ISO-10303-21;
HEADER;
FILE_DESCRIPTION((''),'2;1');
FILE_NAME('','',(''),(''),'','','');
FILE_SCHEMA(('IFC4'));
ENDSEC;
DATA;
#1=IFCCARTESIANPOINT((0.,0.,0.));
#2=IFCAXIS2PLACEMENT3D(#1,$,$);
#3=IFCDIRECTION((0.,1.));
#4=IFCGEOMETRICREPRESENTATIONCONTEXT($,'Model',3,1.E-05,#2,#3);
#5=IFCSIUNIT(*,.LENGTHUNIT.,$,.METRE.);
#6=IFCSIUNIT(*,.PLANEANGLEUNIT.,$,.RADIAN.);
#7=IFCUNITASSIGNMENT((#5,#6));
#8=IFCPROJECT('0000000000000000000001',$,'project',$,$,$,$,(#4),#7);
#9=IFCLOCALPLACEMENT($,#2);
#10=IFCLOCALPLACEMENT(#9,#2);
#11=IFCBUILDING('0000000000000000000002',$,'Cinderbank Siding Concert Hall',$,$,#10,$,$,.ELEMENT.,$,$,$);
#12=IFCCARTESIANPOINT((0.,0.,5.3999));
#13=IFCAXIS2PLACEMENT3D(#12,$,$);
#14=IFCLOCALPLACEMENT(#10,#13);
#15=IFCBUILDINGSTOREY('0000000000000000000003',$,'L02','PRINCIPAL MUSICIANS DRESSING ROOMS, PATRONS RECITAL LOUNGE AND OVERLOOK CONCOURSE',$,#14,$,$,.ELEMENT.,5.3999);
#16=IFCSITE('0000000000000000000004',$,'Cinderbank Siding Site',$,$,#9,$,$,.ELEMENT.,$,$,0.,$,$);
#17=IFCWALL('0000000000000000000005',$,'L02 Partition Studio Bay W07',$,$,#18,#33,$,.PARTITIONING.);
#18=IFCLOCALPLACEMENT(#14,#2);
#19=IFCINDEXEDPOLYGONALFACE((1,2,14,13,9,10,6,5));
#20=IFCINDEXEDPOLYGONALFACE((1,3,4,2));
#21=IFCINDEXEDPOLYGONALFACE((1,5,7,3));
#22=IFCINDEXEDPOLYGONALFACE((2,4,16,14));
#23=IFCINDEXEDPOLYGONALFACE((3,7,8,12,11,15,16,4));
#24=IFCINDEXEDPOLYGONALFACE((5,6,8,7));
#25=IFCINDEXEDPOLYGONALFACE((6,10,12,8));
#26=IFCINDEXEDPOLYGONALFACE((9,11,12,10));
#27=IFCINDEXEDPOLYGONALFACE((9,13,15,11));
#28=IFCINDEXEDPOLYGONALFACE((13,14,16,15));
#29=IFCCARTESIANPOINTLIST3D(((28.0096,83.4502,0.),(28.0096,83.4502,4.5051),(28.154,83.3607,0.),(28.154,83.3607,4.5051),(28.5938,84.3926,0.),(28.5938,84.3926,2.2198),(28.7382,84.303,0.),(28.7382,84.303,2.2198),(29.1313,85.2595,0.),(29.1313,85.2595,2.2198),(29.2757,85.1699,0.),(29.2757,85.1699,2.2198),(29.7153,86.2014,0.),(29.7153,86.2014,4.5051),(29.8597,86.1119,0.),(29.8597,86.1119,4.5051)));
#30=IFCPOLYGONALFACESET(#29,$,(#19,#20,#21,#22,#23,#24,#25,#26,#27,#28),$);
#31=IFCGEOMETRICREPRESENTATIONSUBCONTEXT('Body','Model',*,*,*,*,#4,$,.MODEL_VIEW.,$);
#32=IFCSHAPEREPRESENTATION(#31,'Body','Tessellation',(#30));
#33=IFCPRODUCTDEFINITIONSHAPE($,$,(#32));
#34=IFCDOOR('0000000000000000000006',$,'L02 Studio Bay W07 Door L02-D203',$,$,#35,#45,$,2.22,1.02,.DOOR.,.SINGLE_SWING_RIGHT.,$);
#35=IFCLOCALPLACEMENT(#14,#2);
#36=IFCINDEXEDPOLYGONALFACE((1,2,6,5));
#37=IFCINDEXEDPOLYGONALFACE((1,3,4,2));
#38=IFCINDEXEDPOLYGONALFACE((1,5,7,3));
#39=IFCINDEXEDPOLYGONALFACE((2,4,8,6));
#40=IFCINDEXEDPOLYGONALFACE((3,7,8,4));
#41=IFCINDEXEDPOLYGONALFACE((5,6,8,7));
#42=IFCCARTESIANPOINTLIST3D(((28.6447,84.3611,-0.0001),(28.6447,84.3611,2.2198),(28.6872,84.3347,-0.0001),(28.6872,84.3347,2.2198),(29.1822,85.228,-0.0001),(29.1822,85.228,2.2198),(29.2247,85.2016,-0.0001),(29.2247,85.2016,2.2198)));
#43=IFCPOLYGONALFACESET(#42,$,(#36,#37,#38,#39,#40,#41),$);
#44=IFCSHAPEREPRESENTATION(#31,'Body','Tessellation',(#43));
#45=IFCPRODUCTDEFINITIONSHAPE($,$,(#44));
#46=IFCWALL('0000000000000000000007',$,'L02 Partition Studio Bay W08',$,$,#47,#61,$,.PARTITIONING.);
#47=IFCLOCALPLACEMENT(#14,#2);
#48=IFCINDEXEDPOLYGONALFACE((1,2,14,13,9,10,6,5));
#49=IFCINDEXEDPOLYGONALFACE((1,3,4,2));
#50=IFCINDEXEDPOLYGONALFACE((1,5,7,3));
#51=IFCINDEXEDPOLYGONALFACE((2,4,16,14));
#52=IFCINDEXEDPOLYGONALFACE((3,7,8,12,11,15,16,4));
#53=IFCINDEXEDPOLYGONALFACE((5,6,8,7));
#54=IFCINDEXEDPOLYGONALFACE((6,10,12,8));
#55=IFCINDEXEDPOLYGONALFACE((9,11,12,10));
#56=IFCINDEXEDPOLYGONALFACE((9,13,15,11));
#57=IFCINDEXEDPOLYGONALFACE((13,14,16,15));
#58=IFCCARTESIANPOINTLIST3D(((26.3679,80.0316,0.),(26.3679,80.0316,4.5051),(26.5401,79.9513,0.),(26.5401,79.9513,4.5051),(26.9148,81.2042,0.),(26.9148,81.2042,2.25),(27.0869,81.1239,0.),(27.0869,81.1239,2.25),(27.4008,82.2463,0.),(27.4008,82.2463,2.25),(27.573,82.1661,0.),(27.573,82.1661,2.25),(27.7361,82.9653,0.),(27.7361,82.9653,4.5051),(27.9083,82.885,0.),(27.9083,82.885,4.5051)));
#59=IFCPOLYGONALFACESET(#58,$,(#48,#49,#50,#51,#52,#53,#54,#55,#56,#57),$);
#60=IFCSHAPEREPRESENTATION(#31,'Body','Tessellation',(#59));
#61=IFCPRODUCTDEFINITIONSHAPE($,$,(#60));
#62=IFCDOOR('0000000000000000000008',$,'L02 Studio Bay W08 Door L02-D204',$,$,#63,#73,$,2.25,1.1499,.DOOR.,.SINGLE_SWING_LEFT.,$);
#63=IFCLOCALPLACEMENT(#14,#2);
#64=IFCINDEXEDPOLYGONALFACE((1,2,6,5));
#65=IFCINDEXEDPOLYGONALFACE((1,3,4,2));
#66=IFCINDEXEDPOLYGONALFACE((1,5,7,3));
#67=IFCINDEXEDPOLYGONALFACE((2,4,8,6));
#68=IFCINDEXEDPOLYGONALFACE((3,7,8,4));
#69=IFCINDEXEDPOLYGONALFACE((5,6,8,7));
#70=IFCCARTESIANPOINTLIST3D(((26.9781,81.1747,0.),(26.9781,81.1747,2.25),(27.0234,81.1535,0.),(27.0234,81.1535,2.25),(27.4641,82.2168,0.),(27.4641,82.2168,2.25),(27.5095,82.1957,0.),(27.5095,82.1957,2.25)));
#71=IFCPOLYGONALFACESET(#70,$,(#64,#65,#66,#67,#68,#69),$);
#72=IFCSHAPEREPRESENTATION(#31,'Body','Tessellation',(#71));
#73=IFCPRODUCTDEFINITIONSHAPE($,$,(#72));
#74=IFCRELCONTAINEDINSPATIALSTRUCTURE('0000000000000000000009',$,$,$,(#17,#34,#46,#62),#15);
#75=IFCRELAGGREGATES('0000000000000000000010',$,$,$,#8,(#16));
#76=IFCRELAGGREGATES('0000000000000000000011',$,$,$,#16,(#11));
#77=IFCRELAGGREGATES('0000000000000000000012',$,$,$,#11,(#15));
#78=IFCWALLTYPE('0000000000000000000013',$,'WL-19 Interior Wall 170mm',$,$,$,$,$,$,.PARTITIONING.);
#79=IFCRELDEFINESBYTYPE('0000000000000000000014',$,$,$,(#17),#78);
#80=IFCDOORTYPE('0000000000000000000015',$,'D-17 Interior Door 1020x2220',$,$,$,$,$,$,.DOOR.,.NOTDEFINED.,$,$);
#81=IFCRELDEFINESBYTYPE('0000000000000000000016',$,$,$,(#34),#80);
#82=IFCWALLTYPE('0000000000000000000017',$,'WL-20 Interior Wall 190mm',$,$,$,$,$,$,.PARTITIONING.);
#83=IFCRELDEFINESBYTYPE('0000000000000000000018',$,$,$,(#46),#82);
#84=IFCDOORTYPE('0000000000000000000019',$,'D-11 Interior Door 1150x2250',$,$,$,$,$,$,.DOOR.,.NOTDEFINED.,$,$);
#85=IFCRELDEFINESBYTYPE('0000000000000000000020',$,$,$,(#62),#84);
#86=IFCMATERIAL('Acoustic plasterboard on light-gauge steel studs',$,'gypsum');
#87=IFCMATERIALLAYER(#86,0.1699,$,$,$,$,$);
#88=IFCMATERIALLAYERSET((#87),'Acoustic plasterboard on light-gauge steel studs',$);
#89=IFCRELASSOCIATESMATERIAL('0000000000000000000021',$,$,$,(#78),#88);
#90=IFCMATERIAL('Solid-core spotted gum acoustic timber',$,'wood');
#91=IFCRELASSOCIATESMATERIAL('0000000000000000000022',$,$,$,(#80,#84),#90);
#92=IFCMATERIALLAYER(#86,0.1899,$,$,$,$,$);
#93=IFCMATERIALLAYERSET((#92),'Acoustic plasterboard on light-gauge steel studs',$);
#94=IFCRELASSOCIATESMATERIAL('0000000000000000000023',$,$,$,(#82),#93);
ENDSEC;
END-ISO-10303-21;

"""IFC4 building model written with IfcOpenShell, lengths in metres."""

from ifc_helpers import new_model, si_unit, direction, frame, frame_2d, origin, place, context, subcontext, project, spatial, rectangle, extrude, material, layer, layer_set, type_object, element, fill, save


model = new_model("IFC4")

# Units and contexts
model_context = context("Model", 3, precision=1e-05, world=origin(), true_north=direction((0.0, 1.0)))
body_context = subcontext(model_context, "Body", "Model", "MODEL_VIEW")
ifc_project = project(units=[si_unit("LENGTHUNIT", "METRE"), si_unit("PLANEANGLEUNIT", "RADIAN")], contexts=[model_context])

# Site, building, storey
site_placement = place(None, origin())
site = spatial("IfcSite", under=ifc_project, at=site_placement, Name="Cinderbank Siding Site", CompositionType="ELEMENT", RefElevation=0.0)
building_placement = place(site_placement, origin())
building = spatial("IfcBuilding", under=site, at=building_placement, Name="Cinderbank Siding Concert Hall", CompositionType="ELEMENT")
storey_placement = place(building_placement, frame((0.0, 0.0, 5.3999)))
storey = spatial("IfcBuildingStorey", under=building, at=storey_placement, Name="L02", Description="PRINCIPAL MUSICIANS DRESSING ROOMS, PATRONS RECITAL LOUNGE AND OVERLOOK CONCOURSE", CompositionType="ELEMENT", Elevation=5.3999)

# Shared definitions
ifc_material_1 = material(Name="Acoustic plasterboard on light-gauge steel studs", Category="gypsum")
ifc_material_2 = material(Name="Solid-core spotted gum acoustic timber", Category="wood")

# Walls, openings, doors
ifc_layer_1 = layer(ifc_material_1, 0.1699)
ifc_layer_set_1 = layer_set([ifc_layer_1], Name="Acoustic plasterboard on light-gauge steel studs")
wall_type_1 = type_object("IfcWallType", Name="WL-19 Interior Wall 170mm", PredefinedType="PARTITIONING", material=ifc_layer_set_1)
wall_1_placement = place(storey_placement, frame((29.7876, 86.1567, 0.0), z_axis=(0.0, 0.0, 1.0), x_axis=(-0.526952, -0.849895, 0.0)))
wall_1 = element("IfcWall", 1, at=wall_1_placement, inside=storey, type_object=wall_type_1, Name="L02 Partition Studio Bay W07", PredefinedType="PARTITIONING", context=body_context, shape_type="SweptSolid", body=[
    extrude(rectangle(XDim=3.2371, YDim=0.1699, at=frame_2d((1.6187, 0.0))), origin(), (0.0, 0.0, 1.0), 4.5051),
])
opening_1_placement = place(wall_1_placement, frame((1.1084, 0.0, 0.0)))
opening_1 = element("IfcOpeningElement", 2, at=opening_1_placement, cuts=wall_1, PredefinedType="OPENING", context=body_context, shape_type="SweptSolid", body=[
    extrude(rectangle(XDim=1.02, YDim=2.22, at=frame_2d((0.51, 1.1099))), frame((0.0, 0.0969, 0.0), z_axis=(0.0, -1.0, 0.0), x_axis=(1.0, 0.0, 0.0)), (0.0, 0.0, 1.0), 0.1938),
])
door_type_1 = type_object("IfcDoorType", Name="D-17 Interior Door 1020x2220", OperationType="NOTDEFINED", PredefinedType="DOOR", material=ifc_material_2)
door_1_placement = place(opening_1_placement, origin())
door_1 = element("IfcDoor", 3, at=door_1_placement, inside=storey, type_object=door_type_1, Name="L02 Studio Bay W07 Door L02-D203", OperationType="SINGLE_SWING_RIGHT", OverallHeight=2.22, OverallWidth=1.02, PredefinedType="DOOR", context=body_context, shape_type="SweptSolid", body=[
    extrude(rectangle(XDim=1.02, YDim=2.22, at=frame_2d((0.51, 1.1099))), frame((0.0, 0.0249, 0.0), z_axis=(0.0, -1.0, 0.0), x_axis=(1.0, 0.0, 0.0)), (0.0, 0.0, 1.0), 0.05),
])
fill(opening_1, door_1)
ifc_layer_2 = layer(ifc_material_1, 0.1899)
ifc_layer_set_2 = layer_set([ifc_layer_2], Name="Acoustic plasterboard on light-gauge steel studs")
wall_type_2 = type_object("IfcWallType", Name="WL-20 Interior Wall 190mm", PredefinedType="PARTITIONING", material=ifc_layer_set_2)
wall_2_placement = place(storey_placement, frame((27.8223, 82.9253, 0.0), z_axis=(0.0, 0.0, 1.0), x_axis=(-0.422671, -0.906283, 0.0)))
wall_2 = element("IfcWall", 4, at=wall_2_placement, inside=storey, type_object=wall_type_2, Name="L02 Partition Studio Bay W08", PredefinedType="PARTITIONING", context=body_context, shape_type="SweptSolid", body=[
    extrude(rectangle(XDim=3.2371, YDim=0.1899, at=frame_2d((1.6187, 0.0))), origin(), (0.0, 0.0, 1.0), 4.5051),
])
opening_2_placement = place(wall_2_placement, frame((0.7935, 0.0, 0.0)))
opening_2 = element("IfcOpeningElement", 5, at=opening_2_placement, cuts=wall_2, PredefinedType="OPENING", context=body_context, shape_type="SweptSolid", body=[
    extrude(rectangle(XDim=1.1499, YDim=2.25, at=frame_2d((0.575, 1.125))), frame((0.0, 0.1069, 0.0), z_axis=(0.0, -1.0, 0.0), x_axis=(1.0, 0.0, 0.0)), (0.0, 0.0, 1.0), 0.2139),
])
door_type_2 = type_object("IfcDoorType", Name="D-11 Interior Door 1150x2250", OperationType="NOTDEFINED", PredefinedType="DOOR", material=ifc_material_2)
door_2_placement = place(opening_2_placement, origin())
door_2 = element("IfcDoor", 6, at=door_2_placement, inside=storey, type_object=door_type_2, Name="L02 Studio Bay W08 Door L02-D204", OperationType="SINGLE_SWING_LEFT", OverallHeight=2.25, OverallWidth=1.1499, PredefinedType="DOOR", context=body_context, shape_type="SweptSolid", body=[
    extrude(rectangle(XDim=1.1499, YDim=2.25, at=frame_2d((0.575, 1.125))), frame((0.0, 0.0249, 0.0), z_axis=(0.0, -1.0, 0.0), x_axis=(1.0, 0.0, 0.0)), (0.0, 0.0, 1.0), 0.05),
])
fill(opening_2, door_2)

save(model, "model.ifc")
